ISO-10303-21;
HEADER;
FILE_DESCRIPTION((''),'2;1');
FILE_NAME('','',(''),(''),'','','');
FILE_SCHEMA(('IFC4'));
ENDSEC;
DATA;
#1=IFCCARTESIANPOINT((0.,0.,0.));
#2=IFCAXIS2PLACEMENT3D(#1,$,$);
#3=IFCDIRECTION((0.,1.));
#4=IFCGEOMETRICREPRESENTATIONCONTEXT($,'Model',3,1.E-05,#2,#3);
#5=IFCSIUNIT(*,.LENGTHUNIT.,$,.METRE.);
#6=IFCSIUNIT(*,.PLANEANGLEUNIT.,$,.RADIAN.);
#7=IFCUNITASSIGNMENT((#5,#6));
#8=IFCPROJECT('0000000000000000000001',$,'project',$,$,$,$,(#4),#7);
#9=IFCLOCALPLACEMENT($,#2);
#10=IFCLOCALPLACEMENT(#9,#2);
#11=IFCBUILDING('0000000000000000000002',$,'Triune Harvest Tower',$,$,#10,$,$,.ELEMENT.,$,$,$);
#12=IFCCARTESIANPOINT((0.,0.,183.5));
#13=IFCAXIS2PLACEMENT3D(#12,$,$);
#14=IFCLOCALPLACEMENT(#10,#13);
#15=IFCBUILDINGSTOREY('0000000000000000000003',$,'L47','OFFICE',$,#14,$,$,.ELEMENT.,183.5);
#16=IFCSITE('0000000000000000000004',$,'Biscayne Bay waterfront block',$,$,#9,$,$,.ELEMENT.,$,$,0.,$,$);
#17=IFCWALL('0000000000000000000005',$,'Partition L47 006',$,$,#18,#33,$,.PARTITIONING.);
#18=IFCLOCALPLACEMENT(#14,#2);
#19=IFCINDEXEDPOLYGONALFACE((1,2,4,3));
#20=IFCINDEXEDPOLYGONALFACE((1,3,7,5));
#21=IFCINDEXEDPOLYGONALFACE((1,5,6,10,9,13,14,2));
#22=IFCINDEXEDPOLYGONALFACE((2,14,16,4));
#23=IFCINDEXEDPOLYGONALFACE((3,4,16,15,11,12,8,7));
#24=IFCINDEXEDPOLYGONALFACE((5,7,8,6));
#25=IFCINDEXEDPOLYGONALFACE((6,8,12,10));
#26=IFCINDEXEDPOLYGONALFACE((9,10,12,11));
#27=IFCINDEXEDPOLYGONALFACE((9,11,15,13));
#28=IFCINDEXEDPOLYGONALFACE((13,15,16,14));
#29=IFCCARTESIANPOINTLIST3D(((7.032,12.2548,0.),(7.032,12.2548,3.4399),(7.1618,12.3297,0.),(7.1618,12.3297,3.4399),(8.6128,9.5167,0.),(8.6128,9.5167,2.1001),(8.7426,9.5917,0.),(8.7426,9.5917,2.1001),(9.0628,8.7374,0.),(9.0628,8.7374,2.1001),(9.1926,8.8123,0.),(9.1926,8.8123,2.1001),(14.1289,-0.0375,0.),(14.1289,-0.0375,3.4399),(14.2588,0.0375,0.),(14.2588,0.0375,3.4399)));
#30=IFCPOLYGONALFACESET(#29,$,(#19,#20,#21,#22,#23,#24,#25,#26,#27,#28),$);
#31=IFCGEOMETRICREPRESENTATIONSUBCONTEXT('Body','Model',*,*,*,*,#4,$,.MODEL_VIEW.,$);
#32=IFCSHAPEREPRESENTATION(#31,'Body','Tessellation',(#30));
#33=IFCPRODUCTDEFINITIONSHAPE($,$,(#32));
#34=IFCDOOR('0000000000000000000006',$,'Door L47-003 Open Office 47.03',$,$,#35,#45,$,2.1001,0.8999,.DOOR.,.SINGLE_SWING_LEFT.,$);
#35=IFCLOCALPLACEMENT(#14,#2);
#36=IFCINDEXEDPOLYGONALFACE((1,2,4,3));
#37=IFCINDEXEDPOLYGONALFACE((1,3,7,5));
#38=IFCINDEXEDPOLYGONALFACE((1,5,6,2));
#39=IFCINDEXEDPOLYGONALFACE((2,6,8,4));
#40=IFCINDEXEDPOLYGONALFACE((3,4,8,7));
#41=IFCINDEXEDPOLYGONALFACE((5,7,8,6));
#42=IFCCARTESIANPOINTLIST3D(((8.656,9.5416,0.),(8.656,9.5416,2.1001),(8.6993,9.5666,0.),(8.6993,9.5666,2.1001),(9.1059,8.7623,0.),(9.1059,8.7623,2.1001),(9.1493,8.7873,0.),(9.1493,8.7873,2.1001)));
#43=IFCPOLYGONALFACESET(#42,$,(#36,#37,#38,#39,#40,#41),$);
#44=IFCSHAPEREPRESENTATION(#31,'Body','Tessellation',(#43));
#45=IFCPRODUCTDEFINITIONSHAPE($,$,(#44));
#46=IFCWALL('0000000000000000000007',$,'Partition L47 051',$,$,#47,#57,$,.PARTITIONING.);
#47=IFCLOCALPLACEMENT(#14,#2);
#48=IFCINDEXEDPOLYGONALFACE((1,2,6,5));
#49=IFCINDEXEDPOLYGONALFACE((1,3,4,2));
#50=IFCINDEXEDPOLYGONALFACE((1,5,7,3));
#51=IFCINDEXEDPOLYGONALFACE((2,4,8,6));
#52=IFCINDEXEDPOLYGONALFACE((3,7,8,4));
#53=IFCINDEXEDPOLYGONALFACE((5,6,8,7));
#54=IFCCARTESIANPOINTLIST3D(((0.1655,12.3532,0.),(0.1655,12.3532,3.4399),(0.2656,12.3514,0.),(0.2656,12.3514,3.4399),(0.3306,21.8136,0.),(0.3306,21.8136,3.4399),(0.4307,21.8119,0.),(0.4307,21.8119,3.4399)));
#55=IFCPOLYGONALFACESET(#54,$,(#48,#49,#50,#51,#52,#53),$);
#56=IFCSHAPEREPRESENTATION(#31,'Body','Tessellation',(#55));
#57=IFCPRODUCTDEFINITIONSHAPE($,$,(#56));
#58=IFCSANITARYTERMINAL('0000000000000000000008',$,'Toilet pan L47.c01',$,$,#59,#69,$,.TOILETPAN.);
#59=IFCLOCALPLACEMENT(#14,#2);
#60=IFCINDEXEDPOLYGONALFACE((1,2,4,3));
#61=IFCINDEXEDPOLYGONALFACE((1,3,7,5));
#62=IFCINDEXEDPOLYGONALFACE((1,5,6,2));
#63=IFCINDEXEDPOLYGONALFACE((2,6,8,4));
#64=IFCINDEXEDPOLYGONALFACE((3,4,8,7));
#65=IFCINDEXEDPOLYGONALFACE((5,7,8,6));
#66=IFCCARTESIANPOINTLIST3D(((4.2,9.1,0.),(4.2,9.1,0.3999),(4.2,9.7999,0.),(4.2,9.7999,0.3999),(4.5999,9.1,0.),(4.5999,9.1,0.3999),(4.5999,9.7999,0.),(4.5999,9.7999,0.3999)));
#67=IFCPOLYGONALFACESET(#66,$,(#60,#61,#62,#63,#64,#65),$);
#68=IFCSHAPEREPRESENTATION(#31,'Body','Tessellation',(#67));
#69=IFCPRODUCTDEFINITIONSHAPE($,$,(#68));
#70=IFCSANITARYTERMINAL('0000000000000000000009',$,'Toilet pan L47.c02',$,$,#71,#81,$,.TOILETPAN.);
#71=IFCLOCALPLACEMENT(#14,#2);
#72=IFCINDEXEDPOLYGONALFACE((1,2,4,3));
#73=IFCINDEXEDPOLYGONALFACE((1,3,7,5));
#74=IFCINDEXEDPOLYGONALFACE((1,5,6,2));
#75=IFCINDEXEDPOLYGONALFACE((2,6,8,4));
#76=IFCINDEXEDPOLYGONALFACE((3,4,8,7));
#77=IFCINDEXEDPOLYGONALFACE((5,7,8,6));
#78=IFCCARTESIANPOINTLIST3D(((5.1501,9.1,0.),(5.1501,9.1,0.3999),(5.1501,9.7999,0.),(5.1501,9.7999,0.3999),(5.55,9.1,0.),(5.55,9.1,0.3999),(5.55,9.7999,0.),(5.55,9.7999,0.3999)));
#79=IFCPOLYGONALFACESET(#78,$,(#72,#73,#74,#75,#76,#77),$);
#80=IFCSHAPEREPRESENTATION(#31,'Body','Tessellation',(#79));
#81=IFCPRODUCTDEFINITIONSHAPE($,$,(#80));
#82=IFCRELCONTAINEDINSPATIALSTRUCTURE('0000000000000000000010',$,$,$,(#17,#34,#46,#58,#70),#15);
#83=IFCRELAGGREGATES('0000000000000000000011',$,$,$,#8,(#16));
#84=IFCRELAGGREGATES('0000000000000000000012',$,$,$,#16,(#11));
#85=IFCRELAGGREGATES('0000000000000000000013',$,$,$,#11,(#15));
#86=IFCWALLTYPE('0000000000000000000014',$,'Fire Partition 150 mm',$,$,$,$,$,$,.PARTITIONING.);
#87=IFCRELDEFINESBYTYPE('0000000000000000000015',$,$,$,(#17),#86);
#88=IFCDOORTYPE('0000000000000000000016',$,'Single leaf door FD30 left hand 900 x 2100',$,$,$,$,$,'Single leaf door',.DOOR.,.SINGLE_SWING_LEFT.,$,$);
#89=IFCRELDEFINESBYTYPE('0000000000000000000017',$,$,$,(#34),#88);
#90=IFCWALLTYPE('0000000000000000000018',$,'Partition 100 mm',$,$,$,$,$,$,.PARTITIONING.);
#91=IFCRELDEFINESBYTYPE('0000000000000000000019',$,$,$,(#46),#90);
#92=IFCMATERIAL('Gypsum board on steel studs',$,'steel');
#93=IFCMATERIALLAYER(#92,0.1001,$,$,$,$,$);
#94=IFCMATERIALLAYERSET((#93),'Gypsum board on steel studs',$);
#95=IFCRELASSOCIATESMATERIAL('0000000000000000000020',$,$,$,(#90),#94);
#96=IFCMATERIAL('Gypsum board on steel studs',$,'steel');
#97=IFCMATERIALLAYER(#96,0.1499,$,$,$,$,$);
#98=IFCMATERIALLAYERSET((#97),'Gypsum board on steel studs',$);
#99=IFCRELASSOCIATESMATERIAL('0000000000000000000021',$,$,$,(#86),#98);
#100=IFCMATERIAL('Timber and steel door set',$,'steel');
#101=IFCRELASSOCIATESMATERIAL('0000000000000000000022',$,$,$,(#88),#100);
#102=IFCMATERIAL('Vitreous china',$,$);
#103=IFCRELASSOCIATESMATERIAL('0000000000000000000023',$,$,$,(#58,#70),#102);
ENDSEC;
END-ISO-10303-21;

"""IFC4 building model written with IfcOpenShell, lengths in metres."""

from ifc_helpers import new_model, si_unit, direction, frame, frame_2d, origin, origin_2d, place, context, subcontext, project, spatial, rectangle, extrude, source, transform, mapped, material, layer, layer_set, type_object, element, fill, save


model = new_model("IFC4")

# Units and contexts
model_context = context("Model", 3, precision=1e-05, world=origin(), true_north=direction((0.0, 1.0)))
body_context = subcontext(model_context, "Body", "Model", "MODEL_VIEW")
ifc_project = project(units=[si_unit("LENGTHUNIT", "METRE"), si_unit("PLANEANGLEUNIT", "RADIAN")], contexts=[model_context])

# Site, building, storey
site_placement = place(None, origin())
site = spatial("IfcSite", under=ifc_project, at=site_placement, Name="Biscayne Bay waterfront block", CompositionType="ELEMENT", RefElevation=0.0)
building_placement = place(site_placement, origin())
building = spatial("IfcBuilding", under=site, at=building_placement, Name="Triune Harvest Tower", CompositionType="ELEMENT")
storey_placement = place(building_placement, frame((0.0, 0.0, 183.5)))
storey = spatial("IfcBuildingStorey", under=building, at=storey_placement, Name="L47", Description="OFFICE", CompositionType="ELEMENT", Elevation=183.5)

# Shared definitions
ifc_material_1 = material(Name="Gypsum board on steel studs", Category="steel")
ifc_layer_1 = layer(ifc_material_1, 0.1001)
ifc_layer_set_1 = layer_set([ifc_layer_1], Name="Gypsum board on steel studs")
wall_type_1 = type_object("IfcWallType", Name="Partition 100 mm", PredefinedType="PARTITIONING", material=ifc_layer_set_1)

# Wall, opening, door
ifc_material_2 = material(Name="Gypsum board on steel studs", Category="steel")
ifc_layer_2 = layer(ifc_material_2, 0.1499)
ifc_layer_set_2 = layer_set([ifc_layer_2], Name="Gypsum board on steel studs")
wall_type_2 = type_object("IfcWallType", Name="Fire Partition 150 mm", PredefinedType="PARTITIONING", material=ifc_layer_set_2)
shared_shape_1 = source(origin(), body_context, "Body", "SweptSolid", [
    extrude(rectangle(XDim=14.1938, YDim=0.1499, at=frame_2d((7.0969, 0.0))), origin(), (0.0, 0.0, 1.0), 3.4399),
])
wall_1_placement = place(storey_placement, frame((7.0969, 12.2922, 0.0), z_axis=(0.0, 0.0, 1.0), x_axis=(0.5, -0.866025, 0.0)))
wall_1 = element("IfcWall", 1, at=wall_1_placement, inside=storey, type_object=wall_type_2, Name="Partition L47 006", PredefinedType="PARTITIONING", context=body_context, shape_type="MappedRepresentation", body=[
    mapped(shared_shape_1, transform((0.0, 0.0, 0.0), scale=1.0)),
])
opening_1_placement = place(wall_1_placement, frame((3.1616, 0.0, 0.0)))
opening_1 = element("IfcOpeningElement", 2, at=opening_1_placement, cuts=wall_1, PredefinedType="OPENING", context=body_context, shape_type="SweptSolid", body=[
    extrude(rectangle(XDim=0.8999, YDim=2.1001, at=frame_2d((0.45, 1.05))), frame((0.0, 0.085, 0.0), z_axis=(0.0, -1.0, 0.0), x_axis=(1.0, 0.0, 0.0)), (0.0, 0.0, 1.0), 0.1699),
])
ifc_material_3 = material(Name="Timber and steel door set", Category="steel")
door_type_1 = type_object("IfcDoorType", Name="Single leaf door FD30 left hand 900 x 2100", ElementType="Single leaf door", OperationType="SINGLE_SWING_LEFT", PredefinedType="DOOR", material=ifc_material_3)
door_1_placement = place(opening_1_placement, origin())
door_1 = element("IfcDoor", 3, at=door_1_placement, inside=storey, type_object=door_type_1, Name="Door L47-003 Open Office 47.03", OperationType="SINGLE_SWING_LEFT", OverallHeight=2.1001, OverallWidth=0.8999, PredefinedType="DOOR", context=body_context, shape_type="SweptSolid", body=[
    extrude(rectangle(XDim=0.8999, YDim=2.1001, at=frame_2d((0.45, 1.05))), frame((0.0, 0.0249, 0.0), z_axis=(0.0, -1.0, 0.0), x_axis=(1.0, 0.0, 0.0)), (0.0, 0.0, 1.0), 0.05),
])
fill(opening_1, door_1)

# Wall
shared_shape_2 = source(origin(), body_context, "Body", "SweptSolid", [
    extrude(rectangle(XDim=9.4619, YDim=0.1001, at=frame_2d((4.731, 0.0))), origin(), (0.0, 0.0, 1.0), 3.4399),
])
wall_2_placement = place(storey_placement, frame((0.2156, 12.3523, 0.0), z_axis=(0.0, 0.0, 1.0), x_axis=(0.017443, 0.999848, 0.0)))
element("IfcWall", 4, at=wall_2_placement, inside=storey, type_object=wall_type_1, Name="Partition L47 051", PredefinedType="PARTITIONING", context=body_context, shape_type="MappedRepresentation", body=[
    mapped(shared_shape_2, transform((0.0, 0.0, 0.0), scale=1.0)),
])

# Sanitary terminals
ifc_material_4 = material(Name="Vitreous china")
shared_shape_3 = source(origin(), body_context, "Body", "SweptSolid", [
    extrude(rectangle(XDim=0.3999, YDim=0.7, at=origin_2d()), origin(), (0.0, 0.0, 1.0), 0.3999),
])
for number, where, z_axis, x_axis, name in (
    (5, (4.3999, 9.45, 0.0), (0.0, 0.0, 1.0), (1.0, 0.0, 0.0), "Toilet pan L47.c01"),
    (6, (5.3501, 9.45, 0.0), (0.0, 0.0, 1.0), (1.0, 0.0, 0.0), "Toilet pan L47.c02"),
):
    element("IfcSanitaryTerminal", number, at=place(storey_placement, frame(where, z_axis=z_axis, x_axis=x_axis)), inside=storey, material=ifc_material_4, Name=name, PredefinedType="TOILETPAN", context=body_context, shape_type="MappedRepresentation", body=[
        mapped(shared_shape_3, transform((0.0, 0.0, 0.0), scale=1.0)),
    ])

save(model, "model.ifc")
